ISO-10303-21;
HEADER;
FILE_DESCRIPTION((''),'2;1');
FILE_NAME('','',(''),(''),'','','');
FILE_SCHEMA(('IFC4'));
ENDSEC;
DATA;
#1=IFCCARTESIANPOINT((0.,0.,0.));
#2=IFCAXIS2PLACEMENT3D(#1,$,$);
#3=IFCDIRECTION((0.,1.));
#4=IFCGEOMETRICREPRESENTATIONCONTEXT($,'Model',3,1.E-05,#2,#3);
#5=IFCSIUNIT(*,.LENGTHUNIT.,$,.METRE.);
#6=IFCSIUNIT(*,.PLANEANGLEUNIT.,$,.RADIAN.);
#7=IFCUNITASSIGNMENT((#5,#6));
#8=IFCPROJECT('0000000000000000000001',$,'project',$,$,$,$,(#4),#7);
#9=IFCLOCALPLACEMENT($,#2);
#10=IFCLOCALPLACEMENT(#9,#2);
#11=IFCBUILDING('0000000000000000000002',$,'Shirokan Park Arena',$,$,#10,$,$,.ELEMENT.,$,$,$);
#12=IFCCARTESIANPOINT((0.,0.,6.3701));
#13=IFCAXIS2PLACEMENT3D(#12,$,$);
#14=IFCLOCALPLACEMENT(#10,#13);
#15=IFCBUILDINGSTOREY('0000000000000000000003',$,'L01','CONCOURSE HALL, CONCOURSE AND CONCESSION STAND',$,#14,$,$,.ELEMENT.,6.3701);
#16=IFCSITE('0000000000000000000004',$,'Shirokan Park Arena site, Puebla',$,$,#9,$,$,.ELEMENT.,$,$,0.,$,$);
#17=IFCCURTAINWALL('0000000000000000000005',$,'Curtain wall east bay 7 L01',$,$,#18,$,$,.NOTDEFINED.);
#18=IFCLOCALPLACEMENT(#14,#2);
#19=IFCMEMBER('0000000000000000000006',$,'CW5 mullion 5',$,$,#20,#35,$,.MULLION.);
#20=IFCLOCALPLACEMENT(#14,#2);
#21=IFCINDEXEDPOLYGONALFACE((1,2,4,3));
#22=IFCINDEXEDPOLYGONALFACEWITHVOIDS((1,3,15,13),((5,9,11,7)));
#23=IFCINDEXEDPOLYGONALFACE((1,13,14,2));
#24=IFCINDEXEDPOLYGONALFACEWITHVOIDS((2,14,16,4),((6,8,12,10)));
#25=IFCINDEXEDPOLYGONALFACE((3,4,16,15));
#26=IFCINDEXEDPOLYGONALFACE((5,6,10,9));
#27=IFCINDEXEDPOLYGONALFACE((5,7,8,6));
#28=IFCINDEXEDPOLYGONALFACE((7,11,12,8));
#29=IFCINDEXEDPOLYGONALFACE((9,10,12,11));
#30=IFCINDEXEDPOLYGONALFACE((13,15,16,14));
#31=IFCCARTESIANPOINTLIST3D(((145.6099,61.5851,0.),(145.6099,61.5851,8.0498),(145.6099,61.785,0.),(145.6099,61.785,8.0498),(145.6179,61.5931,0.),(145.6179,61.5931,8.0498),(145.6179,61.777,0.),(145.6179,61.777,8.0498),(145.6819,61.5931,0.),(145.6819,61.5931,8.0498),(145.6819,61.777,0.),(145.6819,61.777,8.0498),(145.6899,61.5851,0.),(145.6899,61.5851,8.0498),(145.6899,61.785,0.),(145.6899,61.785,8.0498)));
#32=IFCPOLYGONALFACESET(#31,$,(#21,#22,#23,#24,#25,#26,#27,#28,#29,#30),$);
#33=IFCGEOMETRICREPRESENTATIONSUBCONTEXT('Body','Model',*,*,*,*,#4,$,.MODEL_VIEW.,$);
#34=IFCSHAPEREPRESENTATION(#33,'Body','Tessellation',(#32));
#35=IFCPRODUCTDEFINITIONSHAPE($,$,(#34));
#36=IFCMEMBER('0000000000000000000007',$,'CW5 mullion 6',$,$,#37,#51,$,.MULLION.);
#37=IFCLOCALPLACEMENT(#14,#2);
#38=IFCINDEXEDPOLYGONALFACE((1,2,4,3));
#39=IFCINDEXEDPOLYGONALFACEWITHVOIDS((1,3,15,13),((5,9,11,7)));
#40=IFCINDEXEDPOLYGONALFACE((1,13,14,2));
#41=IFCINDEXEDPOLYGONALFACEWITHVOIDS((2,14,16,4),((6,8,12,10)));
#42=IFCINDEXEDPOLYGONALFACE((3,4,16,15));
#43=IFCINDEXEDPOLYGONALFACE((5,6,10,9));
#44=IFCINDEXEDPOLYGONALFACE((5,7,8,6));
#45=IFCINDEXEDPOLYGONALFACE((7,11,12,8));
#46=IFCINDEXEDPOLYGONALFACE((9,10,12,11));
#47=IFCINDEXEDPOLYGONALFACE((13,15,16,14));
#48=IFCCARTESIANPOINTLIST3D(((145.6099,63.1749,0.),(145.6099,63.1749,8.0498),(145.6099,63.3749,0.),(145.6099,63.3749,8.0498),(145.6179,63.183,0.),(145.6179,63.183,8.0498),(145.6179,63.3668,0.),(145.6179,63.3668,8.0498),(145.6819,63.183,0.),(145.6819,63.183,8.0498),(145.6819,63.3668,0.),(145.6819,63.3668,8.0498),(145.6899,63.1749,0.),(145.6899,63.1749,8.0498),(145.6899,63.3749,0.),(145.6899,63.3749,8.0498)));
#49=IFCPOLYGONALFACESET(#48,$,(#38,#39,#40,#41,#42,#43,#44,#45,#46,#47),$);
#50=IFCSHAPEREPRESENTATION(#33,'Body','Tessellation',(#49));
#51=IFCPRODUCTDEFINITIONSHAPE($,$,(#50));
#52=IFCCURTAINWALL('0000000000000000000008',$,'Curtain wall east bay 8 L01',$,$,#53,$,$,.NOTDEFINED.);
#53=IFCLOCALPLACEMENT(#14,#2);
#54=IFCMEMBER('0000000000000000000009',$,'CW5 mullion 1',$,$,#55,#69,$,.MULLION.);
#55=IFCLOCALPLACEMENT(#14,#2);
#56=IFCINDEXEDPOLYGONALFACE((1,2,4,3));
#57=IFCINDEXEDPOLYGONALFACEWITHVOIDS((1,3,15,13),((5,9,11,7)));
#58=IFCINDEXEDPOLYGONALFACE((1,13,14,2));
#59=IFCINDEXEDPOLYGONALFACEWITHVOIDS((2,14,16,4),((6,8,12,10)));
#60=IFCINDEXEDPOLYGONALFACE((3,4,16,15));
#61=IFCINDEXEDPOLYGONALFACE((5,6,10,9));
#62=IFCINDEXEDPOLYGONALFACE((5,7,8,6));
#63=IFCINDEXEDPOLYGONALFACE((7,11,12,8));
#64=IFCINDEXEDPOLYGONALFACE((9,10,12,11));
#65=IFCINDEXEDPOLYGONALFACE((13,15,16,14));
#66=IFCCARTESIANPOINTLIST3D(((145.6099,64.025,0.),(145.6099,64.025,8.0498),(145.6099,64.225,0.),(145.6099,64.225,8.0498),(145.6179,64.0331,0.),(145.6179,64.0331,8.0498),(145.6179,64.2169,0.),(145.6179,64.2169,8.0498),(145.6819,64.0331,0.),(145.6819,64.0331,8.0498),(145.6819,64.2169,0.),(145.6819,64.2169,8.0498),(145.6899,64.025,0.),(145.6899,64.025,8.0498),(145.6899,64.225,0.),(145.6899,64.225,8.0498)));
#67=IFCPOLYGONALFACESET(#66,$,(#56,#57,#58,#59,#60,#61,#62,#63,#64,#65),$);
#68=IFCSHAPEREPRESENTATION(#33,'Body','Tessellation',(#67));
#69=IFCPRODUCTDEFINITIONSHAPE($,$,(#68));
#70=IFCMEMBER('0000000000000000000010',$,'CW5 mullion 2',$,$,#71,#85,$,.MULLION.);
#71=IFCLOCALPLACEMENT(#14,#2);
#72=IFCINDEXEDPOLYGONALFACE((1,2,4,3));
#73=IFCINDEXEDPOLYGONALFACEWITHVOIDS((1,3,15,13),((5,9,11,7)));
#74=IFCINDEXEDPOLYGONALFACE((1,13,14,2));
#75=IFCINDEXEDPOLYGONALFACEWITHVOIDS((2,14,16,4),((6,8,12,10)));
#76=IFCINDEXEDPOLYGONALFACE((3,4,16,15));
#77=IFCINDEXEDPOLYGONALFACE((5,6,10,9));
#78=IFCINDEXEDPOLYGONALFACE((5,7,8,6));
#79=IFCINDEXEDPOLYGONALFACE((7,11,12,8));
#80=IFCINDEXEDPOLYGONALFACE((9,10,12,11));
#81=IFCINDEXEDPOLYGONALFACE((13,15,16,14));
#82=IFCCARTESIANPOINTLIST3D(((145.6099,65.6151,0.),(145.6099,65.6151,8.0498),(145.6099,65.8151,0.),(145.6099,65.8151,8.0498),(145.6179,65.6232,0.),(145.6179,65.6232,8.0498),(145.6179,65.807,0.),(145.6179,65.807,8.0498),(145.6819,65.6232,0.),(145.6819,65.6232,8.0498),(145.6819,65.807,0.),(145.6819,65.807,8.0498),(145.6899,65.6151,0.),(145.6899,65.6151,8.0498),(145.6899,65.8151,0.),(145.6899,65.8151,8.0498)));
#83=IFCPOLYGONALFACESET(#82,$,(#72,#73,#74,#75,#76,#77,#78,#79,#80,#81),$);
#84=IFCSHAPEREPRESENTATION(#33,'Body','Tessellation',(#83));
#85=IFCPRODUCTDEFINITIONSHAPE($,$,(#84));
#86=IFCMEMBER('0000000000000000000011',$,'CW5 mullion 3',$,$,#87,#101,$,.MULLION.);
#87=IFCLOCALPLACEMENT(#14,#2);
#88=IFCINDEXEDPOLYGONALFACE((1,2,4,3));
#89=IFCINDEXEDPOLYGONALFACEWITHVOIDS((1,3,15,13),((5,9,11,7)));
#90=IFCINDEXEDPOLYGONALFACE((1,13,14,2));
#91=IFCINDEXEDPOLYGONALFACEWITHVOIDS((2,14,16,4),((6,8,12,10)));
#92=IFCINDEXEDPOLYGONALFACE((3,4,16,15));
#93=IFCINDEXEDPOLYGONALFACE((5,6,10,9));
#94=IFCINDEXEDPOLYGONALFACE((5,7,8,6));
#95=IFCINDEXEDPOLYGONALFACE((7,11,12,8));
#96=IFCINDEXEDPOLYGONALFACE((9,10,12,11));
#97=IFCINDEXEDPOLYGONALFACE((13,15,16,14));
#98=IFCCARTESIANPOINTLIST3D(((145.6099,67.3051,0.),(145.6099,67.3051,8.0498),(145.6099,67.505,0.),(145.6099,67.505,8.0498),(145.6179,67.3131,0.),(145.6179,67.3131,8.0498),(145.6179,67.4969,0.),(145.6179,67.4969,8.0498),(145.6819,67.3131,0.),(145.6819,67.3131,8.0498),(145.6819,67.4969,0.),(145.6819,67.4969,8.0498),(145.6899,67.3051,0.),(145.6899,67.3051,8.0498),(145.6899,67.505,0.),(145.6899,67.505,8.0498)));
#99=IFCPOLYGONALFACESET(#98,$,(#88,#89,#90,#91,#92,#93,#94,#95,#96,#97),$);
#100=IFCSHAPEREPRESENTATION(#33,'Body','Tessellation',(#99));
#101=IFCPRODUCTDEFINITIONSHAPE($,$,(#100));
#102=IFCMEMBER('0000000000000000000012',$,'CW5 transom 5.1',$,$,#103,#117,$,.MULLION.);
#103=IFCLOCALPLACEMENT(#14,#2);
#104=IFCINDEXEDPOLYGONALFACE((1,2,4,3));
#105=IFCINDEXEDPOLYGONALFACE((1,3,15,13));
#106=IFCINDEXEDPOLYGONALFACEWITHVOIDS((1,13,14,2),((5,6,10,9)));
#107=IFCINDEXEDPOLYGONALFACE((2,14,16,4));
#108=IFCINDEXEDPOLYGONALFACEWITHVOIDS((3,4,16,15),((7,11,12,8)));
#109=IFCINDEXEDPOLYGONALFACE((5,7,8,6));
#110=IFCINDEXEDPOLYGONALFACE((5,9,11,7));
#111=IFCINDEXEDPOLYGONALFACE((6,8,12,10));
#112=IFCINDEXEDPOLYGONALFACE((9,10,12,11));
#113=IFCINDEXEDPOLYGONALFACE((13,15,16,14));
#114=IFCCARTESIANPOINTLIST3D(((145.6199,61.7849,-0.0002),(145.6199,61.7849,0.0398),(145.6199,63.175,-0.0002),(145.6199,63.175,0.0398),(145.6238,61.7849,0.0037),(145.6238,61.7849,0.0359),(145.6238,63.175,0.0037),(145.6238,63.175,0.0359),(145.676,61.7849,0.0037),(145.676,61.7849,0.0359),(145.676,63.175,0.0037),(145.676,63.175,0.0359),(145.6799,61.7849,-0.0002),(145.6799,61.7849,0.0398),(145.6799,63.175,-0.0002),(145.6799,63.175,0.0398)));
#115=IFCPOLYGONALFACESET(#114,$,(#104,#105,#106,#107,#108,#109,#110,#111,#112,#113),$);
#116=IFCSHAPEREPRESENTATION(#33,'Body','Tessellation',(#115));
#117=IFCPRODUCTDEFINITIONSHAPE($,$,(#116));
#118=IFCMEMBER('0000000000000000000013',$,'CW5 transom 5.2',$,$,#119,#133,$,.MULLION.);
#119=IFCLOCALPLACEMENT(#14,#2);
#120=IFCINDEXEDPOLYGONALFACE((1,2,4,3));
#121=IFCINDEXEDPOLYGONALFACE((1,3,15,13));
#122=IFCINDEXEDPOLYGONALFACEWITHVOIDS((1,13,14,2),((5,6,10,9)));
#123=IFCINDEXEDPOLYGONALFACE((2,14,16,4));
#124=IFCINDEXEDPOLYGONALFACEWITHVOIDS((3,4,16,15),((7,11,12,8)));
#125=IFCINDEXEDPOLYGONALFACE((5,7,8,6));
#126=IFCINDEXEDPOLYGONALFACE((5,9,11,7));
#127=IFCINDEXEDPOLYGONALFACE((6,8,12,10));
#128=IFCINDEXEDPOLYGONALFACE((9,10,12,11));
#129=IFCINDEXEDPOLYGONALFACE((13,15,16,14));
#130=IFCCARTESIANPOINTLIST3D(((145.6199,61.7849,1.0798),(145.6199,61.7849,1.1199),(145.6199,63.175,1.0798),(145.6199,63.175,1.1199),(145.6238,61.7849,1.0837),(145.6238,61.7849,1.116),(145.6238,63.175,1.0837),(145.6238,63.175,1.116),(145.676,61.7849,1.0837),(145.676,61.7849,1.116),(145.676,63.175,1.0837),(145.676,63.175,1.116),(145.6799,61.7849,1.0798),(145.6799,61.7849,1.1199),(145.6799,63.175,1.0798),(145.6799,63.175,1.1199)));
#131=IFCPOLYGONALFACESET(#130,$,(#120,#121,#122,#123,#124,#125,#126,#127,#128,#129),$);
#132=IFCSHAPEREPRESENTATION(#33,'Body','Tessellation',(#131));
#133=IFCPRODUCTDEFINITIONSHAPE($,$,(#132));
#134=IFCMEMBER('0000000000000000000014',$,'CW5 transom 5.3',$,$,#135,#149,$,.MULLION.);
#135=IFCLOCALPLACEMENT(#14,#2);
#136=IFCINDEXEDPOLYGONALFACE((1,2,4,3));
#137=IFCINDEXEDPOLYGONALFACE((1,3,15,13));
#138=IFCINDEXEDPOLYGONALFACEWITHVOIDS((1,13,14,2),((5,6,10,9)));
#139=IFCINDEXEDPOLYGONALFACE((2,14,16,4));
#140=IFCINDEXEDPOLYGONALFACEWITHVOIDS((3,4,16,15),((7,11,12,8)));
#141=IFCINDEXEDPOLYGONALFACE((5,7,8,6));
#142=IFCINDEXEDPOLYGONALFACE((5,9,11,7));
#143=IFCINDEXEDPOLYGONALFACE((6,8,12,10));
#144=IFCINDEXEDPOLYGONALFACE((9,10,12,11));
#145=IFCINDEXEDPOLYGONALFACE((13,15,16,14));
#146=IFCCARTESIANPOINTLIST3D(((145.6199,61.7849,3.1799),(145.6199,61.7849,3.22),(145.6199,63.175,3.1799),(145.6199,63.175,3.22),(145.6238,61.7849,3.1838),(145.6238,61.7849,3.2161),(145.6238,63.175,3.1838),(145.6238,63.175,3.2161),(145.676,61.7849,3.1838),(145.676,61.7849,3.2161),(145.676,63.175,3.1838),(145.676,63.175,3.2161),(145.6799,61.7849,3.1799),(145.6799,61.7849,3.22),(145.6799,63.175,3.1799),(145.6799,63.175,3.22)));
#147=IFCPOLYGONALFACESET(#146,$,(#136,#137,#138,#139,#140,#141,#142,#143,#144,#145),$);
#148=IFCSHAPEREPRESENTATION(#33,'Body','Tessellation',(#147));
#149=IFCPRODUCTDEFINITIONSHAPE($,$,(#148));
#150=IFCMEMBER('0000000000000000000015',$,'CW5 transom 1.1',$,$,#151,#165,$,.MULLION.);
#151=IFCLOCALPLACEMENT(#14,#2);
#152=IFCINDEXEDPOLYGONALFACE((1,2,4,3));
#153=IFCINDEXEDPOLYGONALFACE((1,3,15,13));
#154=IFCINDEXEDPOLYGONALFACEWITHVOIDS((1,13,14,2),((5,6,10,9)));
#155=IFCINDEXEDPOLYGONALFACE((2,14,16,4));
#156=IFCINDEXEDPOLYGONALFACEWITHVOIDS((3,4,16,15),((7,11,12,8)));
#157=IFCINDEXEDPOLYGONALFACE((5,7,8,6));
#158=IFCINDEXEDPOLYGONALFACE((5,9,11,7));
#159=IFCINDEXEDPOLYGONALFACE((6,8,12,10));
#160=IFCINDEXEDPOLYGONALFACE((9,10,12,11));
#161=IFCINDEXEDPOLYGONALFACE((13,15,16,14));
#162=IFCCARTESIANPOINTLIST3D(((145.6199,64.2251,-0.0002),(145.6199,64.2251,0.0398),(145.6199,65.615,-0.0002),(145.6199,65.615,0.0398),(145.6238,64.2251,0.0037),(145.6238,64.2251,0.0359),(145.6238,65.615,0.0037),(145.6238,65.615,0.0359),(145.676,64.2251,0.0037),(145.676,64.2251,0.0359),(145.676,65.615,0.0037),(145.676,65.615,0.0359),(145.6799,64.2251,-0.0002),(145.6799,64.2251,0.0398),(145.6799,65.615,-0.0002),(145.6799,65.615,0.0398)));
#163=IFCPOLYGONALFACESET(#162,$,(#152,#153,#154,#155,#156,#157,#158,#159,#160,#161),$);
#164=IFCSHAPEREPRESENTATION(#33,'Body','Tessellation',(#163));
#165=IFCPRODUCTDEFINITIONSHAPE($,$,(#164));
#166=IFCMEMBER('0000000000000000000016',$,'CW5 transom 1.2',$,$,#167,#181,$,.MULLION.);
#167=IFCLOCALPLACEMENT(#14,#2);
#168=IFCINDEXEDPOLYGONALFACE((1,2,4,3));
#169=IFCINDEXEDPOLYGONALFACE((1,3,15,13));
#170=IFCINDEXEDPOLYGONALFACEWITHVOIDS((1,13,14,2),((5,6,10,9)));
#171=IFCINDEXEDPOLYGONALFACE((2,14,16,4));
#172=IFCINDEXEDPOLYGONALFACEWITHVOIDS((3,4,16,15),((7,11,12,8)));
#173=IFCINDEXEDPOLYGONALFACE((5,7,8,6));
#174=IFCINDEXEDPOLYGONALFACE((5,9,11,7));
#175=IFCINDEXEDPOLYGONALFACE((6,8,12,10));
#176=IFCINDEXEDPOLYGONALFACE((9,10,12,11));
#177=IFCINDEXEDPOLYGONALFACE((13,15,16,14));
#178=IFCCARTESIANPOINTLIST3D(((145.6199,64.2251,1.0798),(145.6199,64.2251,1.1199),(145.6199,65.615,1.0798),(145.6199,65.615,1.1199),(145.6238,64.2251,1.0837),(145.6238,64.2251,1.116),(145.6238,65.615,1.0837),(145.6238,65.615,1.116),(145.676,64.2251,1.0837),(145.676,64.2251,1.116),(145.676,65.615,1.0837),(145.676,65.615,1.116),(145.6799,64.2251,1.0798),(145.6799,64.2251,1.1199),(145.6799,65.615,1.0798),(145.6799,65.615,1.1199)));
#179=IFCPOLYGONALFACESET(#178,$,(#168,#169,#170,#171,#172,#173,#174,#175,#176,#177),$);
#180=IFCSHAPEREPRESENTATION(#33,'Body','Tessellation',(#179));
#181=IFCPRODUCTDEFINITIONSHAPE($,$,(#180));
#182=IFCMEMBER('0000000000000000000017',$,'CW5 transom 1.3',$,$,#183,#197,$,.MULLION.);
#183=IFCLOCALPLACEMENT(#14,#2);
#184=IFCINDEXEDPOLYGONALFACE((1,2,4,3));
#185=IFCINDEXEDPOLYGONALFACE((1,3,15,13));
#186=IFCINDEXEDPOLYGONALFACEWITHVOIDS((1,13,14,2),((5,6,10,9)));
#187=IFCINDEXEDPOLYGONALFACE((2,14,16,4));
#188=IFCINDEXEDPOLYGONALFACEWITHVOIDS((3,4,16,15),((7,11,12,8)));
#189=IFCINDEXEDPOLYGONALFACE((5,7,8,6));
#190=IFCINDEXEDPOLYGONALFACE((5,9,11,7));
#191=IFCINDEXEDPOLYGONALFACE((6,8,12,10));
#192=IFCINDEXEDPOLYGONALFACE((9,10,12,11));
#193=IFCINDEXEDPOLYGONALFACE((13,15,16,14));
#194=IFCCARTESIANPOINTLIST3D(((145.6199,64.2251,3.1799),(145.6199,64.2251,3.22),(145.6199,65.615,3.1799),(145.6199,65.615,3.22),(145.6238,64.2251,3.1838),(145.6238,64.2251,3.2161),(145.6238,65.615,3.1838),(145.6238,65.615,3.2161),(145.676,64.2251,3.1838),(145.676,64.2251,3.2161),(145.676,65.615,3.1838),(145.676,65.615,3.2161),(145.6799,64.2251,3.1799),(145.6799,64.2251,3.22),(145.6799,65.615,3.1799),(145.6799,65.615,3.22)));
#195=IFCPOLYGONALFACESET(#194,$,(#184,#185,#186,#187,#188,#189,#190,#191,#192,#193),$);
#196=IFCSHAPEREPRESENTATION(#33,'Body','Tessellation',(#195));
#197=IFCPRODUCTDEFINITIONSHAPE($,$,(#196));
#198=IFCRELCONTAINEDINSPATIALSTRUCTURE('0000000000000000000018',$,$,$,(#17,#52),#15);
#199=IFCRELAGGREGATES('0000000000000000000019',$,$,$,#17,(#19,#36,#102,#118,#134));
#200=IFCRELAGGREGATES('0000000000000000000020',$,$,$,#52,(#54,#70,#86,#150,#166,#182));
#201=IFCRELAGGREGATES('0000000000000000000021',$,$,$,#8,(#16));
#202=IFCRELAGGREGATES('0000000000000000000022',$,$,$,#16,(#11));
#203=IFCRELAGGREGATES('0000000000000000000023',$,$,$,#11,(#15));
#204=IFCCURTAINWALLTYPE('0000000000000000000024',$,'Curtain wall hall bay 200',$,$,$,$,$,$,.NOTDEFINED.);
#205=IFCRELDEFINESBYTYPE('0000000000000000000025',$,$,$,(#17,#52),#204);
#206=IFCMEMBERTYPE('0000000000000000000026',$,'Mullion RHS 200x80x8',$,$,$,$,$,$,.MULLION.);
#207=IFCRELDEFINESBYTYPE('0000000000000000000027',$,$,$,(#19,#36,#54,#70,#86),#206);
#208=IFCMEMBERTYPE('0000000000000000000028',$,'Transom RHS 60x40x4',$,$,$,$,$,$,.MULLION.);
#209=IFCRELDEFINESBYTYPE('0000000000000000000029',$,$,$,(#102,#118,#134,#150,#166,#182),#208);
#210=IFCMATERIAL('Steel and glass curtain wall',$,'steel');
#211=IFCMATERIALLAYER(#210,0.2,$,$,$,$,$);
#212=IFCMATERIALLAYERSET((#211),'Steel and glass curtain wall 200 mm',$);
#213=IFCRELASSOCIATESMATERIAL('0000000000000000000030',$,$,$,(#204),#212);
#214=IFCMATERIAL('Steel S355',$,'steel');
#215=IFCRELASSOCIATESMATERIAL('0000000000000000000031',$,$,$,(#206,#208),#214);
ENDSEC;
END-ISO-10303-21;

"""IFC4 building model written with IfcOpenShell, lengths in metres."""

from ifc_helpers import new_model, si_unit, direction, frame, origin, origin_2d, place, context, subcontext, project, spatial, hollow_rectangle, extrude, material, layer, layer_set, material_profile, profile_set, type_object, element, aggregate, save


model = new_model("IFC4")

# Units and contexts
model_context = context("Model", 3, precision=1e-05, world=origin(), true_north=direction((0.0, 1.0)))
body_context = subcontext(model_context, "Body", "Model", "MODEL_VIEW")
ifc_project = project(units=[si_unit("LENGTHUNIT", "METRE"), si_unit("PLANEANGLEUNIT", "RADIAN")], contexts=[model_context])

# Site, building, storey
site_placement = place(None, origin())
site = spatial("IfcSite", under=ifc_project, at=site_placement, Name="Shirokan Park Arena site, Puebla", CompositionType="ELEMENT", RefElevation=0.0)
building_placement = place(site_placement, origin())
building = spatial("IfcBuilding", under=site, at=building_placement, Name="Shirokan Park Arena", CompositionType="ELEMENT")
storey_placement = place(building_placement, frame((0.0, 0.0, 6.3701)))
storey = spatial("IfcBuildingStorey", under=building, at=storey_placement, Name="L01", Description="CONCOURSE HALL, CONCOURSE AND CONCESSION STAND", CompositionType="ELEMENT", Elevation=6.3701)

# Curtain walls, members
ifc_material_1 = material(Name="Steel and glass curtain wall", Category="steel")
ifc_layer_1 = layer(ifc_material_1, 0.2)
ifc_layer_set_1 = layer_set([ifc_layer_1], Name="Steel and glass curtain wall 200 mm")
curtain_wall_type = type_object("IfcCurtainWallType", Name="Curtain wall hall bay 200", PredefinedType="NOTDEFINED", material=ifc_layer_set_1)
curtain_wall_1_placement = place(storey_placement, origin())
curtain_wall_1 = element("IfcCurtainWall", 1, at=curtain_wall_1_placement, inside=storey, type_object=curtain_wall_type, Name="Curtain wall east bay 7 L01", PredefinedType="NOTDEFINED")
ifc_material_2 = material(Name="Steel S355", Category="steel")
ifc_material_profile_1 = material_profile(ifc_material_2, hollow_rectangle(XDim=0.0801, YDim=0.2, WallThickness=0.0081, at=origin_2d()), Name="RHS 200x80x8")
ifc_profile_set_1 = profile_set([ifc_material_profile_1], Name="Steel S355")
member_type_1 = type_object("IfcMemberType", Name="Mullion RHS 200x80x8", PredefinedType="MULLION", material=ifc_profile_set_1)
member_1_placement = place(storey_placement, frame((145.6499, 61.6851, 0.0), z_axis=(0.0, 0.0, 1.0), x_axis=(-1.0, 0.0, 0.0)))
member_1 = element("IfcMember", 2, at=member_1_placement, type_object=member_type_1, Name="CW5 mullion 5", PredefinedType="MULLION", context=body_context, shape_type="SweptSolid", body=[
    extrude(hollow_rectangle(XDim=0.0801, YDim=0.2, WallThickness=0.0081, at=origin_2d()), origin(), (0.0, 0.0, 1.0), 8.0498),
])
member_2_placement = place(storey_placement, frame((145.6499, 63.2749, 0.0), z_axis=(0.0, 0.0, 1.0), x_axis=(-1.0, 0.0, 0.0)))
member_2 = element("IfcMember", 3, at=member_2_placement, type_object=member_type_1, Name="CW5 mullion 6", PredefinedType="MULLION", context=body_context, shape_type="SweptSolid", body=[
    extrude(hollow_rectangle(XDim=0.0801, YDim=0.2, WallThickness=0.0081, at=origin_2d()), origin(), (0.0, 0.0, 1.0), 8.0498),
])
curtain_wall_2_placement = place(storey_placement, origin())
curtain_wall_2 = element("IfcCurtainWall", 4, at=curtain_wall_2_placement, inside=storey, type_object=curtain_wall_type, Name="Curtain wall east bay 8 L01", PredefinedType="NOTDEFINED")
member_3_placement = place(storey_placement, frame((145.6499, 64.125, 0.0), z_axis=(0.0, 0.0, 1.0), x_axis=(-1.0, 0.0, 0.0)))
member_3 = element("IfcMember", 5, at=member_3_placement, type_object=member_type_1, Name="CW5 mullion 1", PredefinedType="MULLION", context=body_context, shape_type="SweptSolid", body=[
    extrude(hollow_rectangle(XDim=0.0801, YDim=0.2, WallThickness=0.0081, at=origin_2d()), origin(), (0.0, 0.0, 1.0), 8.0498),
])
member_4_placement = place(storey_placement, frame((145.6499, 65.7151, 0.0), z_axis=(0.0, 0.0, 1.0), x_axis=(-1.0, 0.0, 0.0)))
member_4 = element("IfcMember", 6, at=member_4_placement, type_object=member_type_1, Name="CW5 mullion 2", PredefinedType="MULLION", context=body_context, shape_type="SweptSolid", body=[
    extrude(hollow_rectangle(XDim=0.0801, YDim=0.2, WallThickness=0.0081, at=origin_2d()), origin(), (0.0, 0.0, 1.0), 8.0498),
])
member_5_placement = place(storey_placement, frame((145.6499, 67.405, 0.0), z_axis=(0.0, 0.0, 1.0), x_axis=(-1.0, 0.0, 0.0)))
member_5 = element("IfcMember", 7, at=member_5_placement, type_object=member_type_1, Name="CW5 mullion 3", PredefinedType="MULLION", context=body_context, shape_type="SweptSolid", body=[
    extrude(hollow_rectangle(XDim=0.0801, YDim=0.2, WallThickness=0.0081, at=origin_2d()), origin(), (0.0, 0.0, 1.0), 8.0498),
])

# Members
ifc_material_profile_2 = material_profile(ifc_material_2, hollow_rectangle(XDim=0.0601, YDim=0.04, WallThickness=0.0039, at=origin_2d()), Name="RHS 60x40x4")
ifc_profile_set_2 = profile_set([ifc_material_profile_2], Name="Steel S355")
member_type_2 = type_object("IfcMemberType", Name="Transom RHS 60x40x4", PredefinedType="MULLION", material=ifc_profile_set_2)
member_6_placement = place(storey_placement, frame((145.6499, 61.7849, 0.0198), z_axis=(0.0, 1.0, 0.0), x_axis=(-1.0, 0.0, 0.0)))
member_6 = element("IfcMember", 8, at=member_6_placement, type_object=member_type_2, Name="CW5 transom 5.1", PredefinedType="MULLION", context=body_context, shape_type="SweptSolid", body=[
    extrude(hollow_rectangle(XDim=0.0601, YDim=0.04, WallThickness=0.0039, at=origin_2d()), origin(), (0.0, 0.0, 1.0), 1.3901),
])
member_7_placement = place(storey_placement, frame((145.6499, 61.7849, 1.0999), z_axis=(0.0, 1.0, 0.0), x_axis=(-1.0, 0.0, 0.0)))
member_7 = element("IfcMember", 9, at=member_7_placement, type_object=member_type_2, Name="CW5 transom 5.2", PredefinedType="MULLION", context=body_context, shape_type="SweptSolid", body=[
    extrude(hollow_rectangle(XDim=0.0601, YDim=0.04, WallThickness=0.0039, at=origin_2d()), origin(), (0.0, 0.0, 1.0), 1.3901),
])
member_8_placement = place(storey_placement, frame((145.6499, 61.7849, 3.2), z_axis=(0.0, 1.0, 0.0), x_axis=(-1.0, 0.0, 0.0)))
member_8 = element("IfcMember", 10, at=member_8_placement, type_object=member_type_2, Name="CW5 transom 5.3", PredefinedType="MULLION", context=body_context, shape_type="SweptSolid", body=[
    extrude(hollow_rectangle(XDim=0.0601, YDim=0.04, WallThickness=0.0039, at=origin_2d()), origin(), (0.0, 0.0, 1.0), 1.3901),
])
member_9_placement = place(storey_placement, frame((145.6499, 64.2251, 0.0198), z_axis=(0.0, 1.0, 0.0), x_axis=(-1.0, 0.0, 0.0)))
member_9 = element("IfcMember", 11, at=member_9_placement, type_object=member_type_2, Name="CW5 transom 1.1", PredefinedType="MULLION", context=body_context, shape_type="SweptSolid", body=[
    extrude(hollow_rectangle(XDim=0.0601, YDim=0.04, WallThickness=0.0039, at=origin_2d()), origin(), (0.0, 0.0, 1.0), 1.3899),
])
member_10_placement = place(storey_placement, frame((145.6499, 64.2251, 1.0999), z_axis=(0.0, 1.0, 0.0), x_axis=(-1.0, 0.0, 0.0)))
member_10 = element("IfcMember", 12, at=member_10_placement, type_object=member_type_2, Name="CW5 transom 1.2", PredefinedType="MULLION", context=body_context, shape_type="SweptSolid", body=[
    extrude(hollow_rectangle(XDim=0.0601, YDim=0.04, WallThickness=0.0039, at=origin_2d()), origin(), (0.0, 0.0, 1.0), 1.3899),
])
member_11_placement = place(storey_placement, frame((145.6499, 64.2251, 3.2), z_axis=(0.0, 1.0, 0.0), x_axis=(-1.0, 0.0, 0.0)))
member_11 = element("IfcMember", 13, at=member_11_placement, type_object=member_type_2, Name="CW5 transom 1.3", PredefinedType="MULLION", context=body_context, shape_type="SweptSolid", body=[
    extrude(hollow_rectangle(XDim=0.0601, YDim=0.04, WallThickness=0.0039, at=origin_2d()), origin(), (0.0, 0.0, 1.0), 1.3899),
])

aggregate(curtain_wall_1, [member_1, member_2, member_6, member_7, member_8])
aggregate(curtain_wall_2, [member_3, member_4, member_5, member_9, member_10, member_11])

save(model, "model.ifc")
